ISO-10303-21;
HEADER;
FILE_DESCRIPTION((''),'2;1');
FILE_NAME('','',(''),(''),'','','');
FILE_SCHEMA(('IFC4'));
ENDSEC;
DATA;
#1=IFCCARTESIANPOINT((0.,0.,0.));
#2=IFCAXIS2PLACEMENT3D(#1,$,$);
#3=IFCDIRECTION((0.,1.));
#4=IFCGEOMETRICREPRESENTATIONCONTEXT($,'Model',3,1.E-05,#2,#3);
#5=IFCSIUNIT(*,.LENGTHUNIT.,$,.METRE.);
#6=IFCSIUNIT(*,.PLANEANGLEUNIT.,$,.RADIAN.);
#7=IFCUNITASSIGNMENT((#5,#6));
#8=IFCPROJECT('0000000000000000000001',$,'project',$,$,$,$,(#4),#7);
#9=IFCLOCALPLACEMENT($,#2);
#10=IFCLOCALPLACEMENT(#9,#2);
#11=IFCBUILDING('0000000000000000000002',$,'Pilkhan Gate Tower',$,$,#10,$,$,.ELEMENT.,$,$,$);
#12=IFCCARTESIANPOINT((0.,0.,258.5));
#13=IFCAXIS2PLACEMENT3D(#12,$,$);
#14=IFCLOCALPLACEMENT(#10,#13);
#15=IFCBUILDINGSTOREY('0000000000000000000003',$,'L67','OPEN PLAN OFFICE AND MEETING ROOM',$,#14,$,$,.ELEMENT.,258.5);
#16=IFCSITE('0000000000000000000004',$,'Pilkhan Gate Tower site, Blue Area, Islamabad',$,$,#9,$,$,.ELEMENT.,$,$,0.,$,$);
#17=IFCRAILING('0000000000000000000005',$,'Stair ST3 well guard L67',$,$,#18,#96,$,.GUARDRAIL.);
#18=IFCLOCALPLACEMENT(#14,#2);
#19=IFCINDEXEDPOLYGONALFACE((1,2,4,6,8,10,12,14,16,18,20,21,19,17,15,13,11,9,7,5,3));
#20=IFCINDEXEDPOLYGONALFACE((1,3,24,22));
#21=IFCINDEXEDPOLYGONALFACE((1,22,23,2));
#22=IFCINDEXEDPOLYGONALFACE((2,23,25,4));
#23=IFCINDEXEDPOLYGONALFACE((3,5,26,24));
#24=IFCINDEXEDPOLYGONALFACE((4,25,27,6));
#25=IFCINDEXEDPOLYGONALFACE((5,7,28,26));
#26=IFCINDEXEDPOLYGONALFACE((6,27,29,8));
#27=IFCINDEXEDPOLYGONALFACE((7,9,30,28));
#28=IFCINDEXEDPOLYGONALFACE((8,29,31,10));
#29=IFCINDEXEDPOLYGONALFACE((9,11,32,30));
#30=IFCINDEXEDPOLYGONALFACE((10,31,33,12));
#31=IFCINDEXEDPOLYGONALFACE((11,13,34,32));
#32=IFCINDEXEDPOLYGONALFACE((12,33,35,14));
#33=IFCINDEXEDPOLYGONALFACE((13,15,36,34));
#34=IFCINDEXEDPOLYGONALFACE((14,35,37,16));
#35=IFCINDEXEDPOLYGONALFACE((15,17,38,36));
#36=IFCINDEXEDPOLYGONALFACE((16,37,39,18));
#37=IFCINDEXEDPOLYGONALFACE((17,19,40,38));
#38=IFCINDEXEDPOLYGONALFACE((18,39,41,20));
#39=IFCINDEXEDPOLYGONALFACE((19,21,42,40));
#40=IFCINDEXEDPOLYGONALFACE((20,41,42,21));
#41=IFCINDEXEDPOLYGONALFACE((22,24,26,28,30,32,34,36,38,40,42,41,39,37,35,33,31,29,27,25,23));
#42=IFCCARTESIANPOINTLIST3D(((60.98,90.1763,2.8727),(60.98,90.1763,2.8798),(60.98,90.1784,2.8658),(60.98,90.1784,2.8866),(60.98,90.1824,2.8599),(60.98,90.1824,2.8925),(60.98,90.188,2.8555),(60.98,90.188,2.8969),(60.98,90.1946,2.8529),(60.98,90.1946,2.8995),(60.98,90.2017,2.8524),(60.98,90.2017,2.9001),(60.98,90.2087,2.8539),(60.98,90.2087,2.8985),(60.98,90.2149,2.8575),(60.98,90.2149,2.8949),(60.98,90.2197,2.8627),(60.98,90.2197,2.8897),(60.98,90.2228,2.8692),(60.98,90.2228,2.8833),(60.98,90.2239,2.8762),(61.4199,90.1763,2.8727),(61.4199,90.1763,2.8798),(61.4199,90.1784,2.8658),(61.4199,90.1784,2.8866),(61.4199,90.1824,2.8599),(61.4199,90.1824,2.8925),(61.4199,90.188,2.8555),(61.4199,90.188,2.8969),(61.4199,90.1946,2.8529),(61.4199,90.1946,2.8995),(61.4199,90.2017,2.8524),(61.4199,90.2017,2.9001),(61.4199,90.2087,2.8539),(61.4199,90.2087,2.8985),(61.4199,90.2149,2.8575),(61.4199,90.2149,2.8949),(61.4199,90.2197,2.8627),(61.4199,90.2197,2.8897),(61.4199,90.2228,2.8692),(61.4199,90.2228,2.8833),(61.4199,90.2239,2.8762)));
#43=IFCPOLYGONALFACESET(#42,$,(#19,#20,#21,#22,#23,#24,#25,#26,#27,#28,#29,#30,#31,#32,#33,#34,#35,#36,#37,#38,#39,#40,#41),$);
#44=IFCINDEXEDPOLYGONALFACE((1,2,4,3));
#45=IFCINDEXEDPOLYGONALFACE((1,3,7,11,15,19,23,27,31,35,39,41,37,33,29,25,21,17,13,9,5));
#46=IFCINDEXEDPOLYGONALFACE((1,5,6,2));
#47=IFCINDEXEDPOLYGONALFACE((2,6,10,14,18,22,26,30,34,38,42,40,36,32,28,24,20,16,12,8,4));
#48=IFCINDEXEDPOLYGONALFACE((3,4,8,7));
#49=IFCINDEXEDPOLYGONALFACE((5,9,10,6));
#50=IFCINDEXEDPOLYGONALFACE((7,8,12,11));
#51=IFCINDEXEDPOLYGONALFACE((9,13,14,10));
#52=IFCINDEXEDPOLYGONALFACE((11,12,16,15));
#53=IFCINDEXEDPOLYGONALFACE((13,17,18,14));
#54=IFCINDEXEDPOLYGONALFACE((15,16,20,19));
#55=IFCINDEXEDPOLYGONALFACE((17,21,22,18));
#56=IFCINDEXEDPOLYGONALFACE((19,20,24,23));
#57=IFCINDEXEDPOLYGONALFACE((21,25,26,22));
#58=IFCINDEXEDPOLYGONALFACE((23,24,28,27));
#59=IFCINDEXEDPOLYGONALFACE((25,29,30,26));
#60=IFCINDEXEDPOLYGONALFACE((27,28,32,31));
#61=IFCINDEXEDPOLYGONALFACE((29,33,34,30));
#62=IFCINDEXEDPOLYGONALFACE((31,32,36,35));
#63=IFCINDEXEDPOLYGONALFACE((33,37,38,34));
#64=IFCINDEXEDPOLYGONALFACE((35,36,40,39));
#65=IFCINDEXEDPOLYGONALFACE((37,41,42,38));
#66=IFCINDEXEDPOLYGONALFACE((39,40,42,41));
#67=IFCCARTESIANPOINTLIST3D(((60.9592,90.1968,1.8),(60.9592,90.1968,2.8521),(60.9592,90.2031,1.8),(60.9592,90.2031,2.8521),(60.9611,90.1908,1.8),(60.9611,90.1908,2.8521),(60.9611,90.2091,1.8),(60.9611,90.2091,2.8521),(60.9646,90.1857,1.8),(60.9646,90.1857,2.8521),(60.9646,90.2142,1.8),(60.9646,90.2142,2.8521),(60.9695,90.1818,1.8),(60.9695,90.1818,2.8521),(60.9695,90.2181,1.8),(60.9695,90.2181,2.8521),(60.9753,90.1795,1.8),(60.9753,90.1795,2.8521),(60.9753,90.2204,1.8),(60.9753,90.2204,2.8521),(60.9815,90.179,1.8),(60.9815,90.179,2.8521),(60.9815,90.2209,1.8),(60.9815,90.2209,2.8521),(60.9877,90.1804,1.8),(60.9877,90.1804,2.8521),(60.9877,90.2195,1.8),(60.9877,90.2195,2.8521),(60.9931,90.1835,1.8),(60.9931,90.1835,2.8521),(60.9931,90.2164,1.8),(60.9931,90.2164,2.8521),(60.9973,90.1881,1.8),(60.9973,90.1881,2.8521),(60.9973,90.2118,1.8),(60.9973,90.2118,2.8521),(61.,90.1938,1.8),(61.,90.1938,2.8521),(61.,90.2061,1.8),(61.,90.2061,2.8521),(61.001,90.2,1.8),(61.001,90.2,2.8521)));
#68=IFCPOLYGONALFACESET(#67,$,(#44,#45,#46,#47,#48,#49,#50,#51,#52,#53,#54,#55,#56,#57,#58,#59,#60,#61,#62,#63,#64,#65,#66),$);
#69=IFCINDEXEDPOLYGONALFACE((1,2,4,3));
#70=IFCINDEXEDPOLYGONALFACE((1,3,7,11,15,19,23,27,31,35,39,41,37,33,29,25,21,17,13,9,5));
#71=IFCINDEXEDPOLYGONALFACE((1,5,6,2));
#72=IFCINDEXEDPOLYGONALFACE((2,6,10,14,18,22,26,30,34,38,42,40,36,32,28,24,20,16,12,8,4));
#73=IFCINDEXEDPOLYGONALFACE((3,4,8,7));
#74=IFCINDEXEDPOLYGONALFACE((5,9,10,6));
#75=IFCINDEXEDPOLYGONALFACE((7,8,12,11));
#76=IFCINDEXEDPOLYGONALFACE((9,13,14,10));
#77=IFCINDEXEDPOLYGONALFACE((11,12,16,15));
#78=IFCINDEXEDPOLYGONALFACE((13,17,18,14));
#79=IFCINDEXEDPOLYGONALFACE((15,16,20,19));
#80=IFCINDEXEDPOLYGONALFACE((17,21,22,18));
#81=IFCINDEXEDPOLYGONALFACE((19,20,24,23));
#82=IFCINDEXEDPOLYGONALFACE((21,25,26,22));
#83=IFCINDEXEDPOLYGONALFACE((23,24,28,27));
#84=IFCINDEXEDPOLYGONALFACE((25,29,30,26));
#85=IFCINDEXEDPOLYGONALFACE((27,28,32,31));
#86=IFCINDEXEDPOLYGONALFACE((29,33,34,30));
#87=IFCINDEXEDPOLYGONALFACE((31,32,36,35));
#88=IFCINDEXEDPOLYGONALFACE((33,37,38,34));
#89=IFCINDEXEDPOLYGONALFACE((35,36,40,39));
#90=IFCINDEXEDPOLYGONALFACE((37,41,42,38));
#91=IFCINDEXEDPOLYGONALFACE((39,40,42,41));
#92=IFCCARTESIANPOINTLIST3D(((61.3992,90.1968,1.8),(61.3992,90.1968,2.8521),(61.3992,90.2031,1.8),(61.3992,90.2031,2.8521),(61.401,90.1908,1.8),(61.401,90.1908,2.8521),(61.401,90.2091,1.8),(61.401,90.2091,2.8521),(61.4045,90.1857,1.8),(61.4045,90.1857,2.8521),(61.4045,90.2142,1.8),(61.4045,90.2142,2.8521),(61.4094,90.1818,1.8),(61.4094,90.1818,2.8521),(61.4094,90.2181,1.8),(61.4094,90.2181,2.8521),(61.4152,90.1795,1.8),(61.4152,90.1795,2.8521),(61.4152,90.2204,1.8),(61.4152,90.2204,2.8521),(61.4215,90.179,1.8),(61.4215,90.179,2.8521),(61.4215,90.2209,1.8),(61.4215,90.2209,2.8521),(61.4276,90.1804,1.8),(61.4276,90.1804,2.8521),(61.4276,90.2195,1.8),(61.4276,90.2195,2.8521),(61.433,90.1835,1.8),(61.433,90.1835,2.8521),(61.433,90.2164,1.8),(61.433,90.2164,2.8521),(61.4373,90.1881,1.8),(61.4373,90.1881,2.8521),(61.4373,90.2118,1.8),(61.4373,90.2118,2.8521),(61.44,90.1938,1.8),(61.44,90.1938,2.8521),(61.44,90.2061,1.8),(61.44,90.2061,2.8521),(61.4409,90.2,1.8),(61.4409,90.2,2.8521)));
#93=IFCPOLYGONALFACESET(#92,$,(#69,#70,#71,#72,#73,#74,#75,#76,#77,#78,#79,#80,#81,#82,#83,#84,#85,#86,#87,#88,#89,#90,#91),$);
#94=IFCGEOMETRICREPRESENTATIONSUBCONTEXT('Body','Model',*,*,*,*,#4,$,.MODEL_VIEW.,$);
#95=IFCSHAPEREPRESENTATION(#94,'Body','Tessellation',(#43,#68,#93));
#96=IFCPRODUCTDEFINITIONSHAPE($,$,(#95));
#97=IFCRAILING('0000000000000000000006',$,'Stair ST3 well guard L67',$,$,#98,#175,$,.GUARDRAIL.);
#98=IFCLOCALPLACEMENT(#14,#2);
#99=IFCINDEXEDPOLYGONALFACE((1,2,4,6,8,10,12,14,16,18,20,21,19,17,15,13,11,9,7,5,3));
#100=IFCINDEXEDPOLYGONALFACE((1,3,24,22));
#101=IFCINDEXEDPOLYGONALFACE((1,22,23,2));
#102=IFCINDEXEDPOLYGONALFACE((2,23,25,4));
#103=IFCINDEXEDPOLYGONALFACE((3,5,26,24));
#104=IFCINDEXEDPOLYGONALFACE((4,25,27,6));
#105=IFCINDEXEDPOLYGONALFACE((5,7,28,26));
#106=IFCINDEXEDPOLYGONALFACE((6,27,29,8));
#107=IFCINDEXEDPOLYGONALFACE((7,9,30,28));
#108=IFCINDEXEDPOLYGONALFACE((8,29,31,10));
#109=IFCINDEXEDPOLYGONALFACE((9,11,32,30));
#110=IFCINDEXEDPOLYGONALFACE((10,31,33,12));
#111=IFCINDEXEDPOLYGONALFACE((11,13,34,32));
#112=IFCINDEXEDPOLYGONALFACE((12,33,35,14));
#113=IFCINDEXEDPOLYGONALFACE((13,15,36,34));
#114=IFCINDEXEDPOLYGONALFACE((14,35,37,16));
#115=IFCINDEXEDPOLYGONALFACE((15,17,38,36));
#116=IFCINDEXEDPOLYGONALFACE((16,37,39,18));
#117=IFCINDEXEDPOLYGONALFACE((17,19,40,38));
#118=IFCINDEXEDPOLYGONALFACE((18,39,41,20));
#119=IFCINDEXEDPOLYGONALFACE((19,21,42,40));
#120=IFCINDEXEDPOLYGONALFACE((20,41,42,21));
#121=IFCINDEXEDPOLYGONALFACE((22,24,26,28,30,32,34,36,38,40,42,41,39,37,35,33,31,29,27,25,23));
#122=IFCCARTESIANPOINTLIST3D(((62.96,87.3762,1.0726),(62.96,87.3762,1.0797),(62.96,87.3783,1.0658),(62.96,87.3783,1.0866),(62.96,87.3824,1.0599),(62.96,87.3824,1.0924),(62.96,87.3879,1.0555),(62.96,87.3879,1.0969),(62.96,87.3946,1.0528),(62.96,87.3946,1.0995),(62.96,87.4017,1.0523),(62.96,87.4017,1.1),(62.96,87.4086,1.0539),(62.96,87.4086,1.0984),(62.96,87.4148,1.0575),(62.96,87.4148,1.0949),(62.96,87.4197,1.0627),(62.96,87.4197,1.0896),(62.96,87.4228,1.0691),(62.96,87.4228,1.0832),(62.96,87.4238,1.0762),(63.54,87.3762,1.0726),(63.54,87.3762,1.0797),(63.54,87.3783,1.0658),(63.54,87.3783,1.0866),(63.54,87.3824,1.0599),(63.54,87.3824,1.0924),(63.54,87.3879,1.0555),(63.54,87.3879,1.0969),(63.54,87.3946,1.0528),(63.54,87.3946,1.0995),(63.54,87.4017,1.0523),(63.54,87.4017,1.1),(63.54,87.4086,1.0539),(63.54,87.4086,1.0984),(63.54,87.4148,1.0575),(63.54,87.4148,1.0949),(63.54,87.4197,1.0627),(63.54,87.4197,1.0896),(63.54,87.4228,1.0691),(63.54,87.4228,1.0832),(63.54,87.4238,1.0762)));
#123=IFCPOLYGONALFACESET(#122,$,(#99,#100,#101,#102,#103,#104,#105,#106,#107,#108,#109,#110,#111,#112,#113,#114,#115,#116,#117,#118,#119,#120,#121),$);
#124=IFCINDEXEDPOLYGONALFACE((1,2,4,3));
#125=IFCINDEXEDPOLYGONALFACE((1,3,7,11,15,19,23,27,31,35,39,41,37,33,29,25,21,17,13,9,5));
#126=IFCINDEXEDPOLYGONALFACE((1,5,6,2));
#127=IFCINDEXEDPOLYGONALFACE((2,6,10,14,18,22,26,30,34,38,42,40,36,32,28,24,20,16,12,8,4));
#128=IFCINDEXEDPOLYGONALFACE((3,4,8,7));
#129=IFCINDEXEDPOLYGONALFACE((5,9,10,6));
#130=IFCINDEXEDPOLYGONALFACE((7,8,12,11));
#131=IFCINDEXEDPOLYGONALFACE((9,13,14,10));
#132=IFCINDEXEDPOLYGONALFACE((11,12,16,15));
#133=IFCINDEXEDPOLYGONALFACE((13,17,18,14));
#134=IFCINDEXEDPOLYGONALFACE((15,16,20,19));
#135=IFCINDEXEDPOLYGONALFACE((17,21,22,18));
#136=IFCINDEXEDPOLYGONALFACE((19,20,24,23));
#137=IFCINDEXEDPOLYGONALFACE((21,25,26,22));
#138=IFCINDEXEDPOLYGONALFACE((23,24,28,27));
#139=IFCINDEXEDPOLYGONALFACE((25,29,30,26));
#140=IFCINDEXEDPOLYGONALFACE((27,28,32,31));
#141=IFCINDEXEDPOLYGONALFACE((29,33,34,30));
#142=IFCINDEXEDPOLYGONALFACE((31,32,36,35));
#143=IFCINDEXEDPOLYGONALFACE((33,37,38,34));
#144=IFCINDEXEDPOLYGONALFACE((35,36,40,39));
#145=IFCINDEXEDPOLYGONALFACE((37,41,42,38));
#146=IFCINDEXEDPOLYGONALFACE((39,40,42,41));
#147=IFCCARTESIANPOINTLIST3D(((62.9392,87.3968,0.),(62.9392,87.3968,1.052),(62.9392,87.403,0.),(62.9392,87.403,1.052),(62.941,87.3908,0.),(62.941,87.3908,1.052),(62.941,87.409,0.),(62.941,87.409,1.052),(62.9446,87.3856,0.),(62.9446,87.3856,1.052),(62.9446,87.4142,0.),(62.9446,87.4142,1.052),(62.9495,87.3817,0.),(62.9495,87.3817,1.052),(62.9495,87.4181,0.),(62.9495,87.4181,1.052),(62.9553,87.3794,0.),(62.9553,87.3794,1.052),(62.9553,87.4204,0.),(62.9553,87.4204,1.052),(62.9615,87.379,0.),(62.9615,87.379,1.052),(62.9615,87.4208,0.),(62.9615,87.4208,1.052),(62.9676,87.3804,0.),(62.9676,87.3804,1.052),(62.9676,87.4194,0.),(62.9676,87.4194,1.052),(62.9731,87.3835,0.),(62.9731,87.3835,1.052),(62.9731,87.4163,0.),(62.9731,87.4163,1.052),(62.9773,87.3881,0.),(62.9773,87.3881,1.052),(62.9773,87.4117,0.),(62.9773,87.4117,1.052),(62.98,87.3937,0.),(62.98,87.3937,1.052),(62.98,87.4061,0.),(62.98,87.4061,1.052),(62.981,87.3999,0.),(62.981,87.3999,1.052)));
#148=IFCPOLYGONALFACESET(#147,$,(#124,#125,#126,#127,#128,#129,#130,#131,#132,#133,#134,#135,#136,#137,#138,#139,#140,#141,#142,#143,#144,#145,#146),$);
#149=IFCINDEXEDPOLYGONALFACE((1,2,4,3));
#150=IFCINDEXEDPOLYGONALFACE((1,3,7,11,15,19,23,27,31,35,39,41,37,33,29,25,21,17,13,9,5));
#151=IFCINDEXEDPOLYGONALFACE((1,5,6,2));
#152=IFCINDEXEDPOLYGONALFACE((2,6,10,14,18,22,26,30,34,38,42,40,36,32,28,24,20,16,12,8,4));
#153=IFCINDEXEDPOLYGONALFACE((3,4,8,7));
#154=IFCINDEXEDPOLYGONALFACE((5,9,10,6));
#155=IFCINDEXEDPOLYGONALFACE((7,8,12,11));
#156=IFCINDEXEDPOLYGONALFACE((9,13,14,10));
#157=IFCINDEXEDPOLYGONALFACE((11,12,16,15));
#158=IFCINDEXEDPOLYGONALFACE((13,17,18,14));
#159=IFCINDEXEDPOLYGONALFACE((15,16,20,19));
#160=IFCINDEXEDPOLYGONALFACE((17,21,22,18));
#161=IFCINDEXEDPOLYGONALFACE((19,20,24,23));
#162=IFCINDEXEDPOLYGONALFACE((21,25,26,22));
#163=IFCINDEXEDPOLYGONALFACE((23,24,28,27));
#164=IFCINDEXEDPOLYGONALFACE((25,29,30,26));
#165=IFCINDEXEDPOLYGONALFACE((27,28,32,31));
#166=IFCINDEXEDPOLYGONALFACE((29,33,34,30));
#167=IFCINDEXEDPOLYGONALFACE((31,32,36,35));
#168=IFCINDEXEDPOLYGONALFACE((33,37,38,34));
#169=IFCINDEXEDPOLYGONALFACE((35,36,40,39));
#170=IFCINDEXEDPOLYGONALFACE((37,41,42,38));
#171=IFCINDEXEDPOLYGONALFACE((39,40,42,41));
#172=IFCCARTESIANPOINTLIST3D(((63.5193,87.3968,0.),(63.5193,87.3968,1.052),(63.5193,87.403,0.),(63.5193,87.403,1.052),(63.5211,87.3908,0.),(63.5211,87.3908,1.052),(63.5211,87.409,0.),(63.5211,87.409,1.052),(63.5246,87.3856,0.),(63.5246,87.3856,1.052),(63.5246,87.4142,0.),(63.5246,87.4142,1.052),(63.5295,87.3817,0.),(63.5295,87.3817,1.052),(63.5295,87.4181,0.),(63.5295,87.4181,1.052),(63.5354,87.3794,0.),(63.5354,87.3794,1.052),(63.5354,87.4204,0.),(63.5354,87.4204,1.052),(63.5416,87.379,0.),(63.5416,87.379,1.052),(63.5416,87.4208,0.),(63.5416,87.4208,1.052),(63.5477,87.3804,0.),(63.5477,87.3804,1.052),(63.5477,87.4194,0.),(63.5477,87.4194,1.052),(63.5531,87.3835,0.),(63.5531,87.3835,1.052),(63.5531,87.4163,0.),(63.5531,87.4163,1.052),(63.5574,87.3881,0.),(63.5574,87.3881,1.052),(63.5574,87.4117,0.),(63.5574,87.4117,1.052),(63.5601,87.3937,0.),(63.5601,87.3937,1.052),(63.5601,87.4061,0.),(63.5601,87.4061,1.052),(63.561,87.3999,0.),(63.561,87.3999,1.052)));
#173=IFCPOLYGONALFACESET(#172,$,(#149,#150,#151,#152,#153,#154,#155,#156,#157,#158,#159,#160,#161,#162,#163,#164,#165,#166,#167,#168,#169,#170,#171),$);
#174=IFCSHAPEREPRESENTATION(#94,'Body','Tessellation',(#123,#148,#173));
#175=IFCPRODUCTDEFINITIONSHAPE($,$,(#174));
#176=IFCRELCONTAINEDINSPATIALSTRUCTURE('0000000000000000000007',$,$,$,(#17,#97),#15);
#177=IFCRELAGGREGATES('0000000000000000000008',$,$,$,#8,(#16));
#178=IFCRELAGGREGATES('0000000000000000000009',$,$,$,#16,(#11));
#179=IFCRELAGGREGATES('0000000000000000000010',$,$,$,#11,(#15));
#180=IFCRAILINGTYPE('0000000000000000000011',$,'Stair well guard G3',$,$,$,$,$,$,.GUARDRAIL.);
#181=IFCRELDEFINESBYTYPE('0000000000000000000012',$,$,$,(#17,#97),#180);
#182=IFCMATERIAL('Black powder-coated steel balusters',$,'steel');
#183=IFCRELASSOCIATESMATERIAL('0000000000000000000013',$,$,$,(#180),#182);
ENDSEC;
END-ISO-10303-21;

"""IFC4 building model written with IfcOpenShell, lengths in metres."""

from ifc_helpers import new_model, si_unit, direction, frame, origin, origin_2d, place, context, subcontext, project, spatial, circle, extrude, material, type_object, element, save


model = new_model("IFC4")

# Units and contexts
model_context = context("Model", 3, precision=1e-05, world=origin(), true_north=direction((0.0, 1.0)))
body_context = subcontext(model_context, "Body", "Model", "MODEL_VIEW")
ifc_project = project(units=[si_unit("LENGTHUNIT", "METRE"), si_unit("PLANEANGLEUNIT", "RADIAN")], contexts=[model_context])

# Site, building, storey
site_placement = place(None, origin())
site = spatial("IfcSite", under=ifc_project, at=site_placement, Name="Pilkhan Gate Tower site, Blue Area, Islamabad", CompositionType="ELEMENT", RefElevation=0.0)
building_placement = place(site_placement, origin())
building = spatial("IfcBuilding", under=site, at=building_placement, Name="Pilkhan Gate Tower", CompositionType="ELEMENT")
storey_placement = place(building_placement, frame((0.0, 0.0, 258.5)))
storey = spatial("IfcBuildingStorey", under=building, at=storey_placement, Name="L67", Description="OPEN PLAN OFFICE AND MEETING ROOM", CompositionType="ELEMENT", Elevation=258.5)

# Railings
ifc_material_1 = material(Name="Black powder-coated steel balusters", Category="steel")
railing_type_1 = type_object("IfcRailingType", Name="Stair well guard G3", PredefinedType="GUARDRAIL", material=ifc_material_1)
railing_1_placement = place(storey_placement, frame((60.98, 90.2, 1.8)))
element("IfcRailing", 1, at=railing_1_placement, inside=storey, type_object=railing_type_1, Name="Stair ST3 well guard L67", PredefinedType="GUARDRAIL", context=body_context, shape_type="SweptSolid", body=[
    extrude(circle(Radius=0.0239, at=origin_2d()), frame((0.0, 0.0, 1.0762), z_axis=(1.0, 0.0, 0.0), x_axis=(0.0, 1.0, 0.0)), (0.0, 0.0, 1.0), 0.4399),
    extrude(circle(Radius=0.021, at=origin_2d()), origin(), (0.0, 0.0, 1.0), 1.052),
    extrude(circle(Radius=0.021, at=origin_2d()), frame((0.4399, 0.0, 0.0)), (0.0, 0.0, 1.0), 1.052),
])
for number, where, name in (
    (2, (62.96, 87.3999, 0.0), "Stair ST3 well guard L67"),
):
    element("IfcRailing", number, at=place(storey_placement, frame(where)), inside=storey, type_object=railing_type_1, Name=name, PredefinedType="GUARDRAIL", context=body_context, shape_type="SweptSolid", body=[
        extrude(circle(Radius=0.0239, at=origin_2d()), frame((0.0, 0.0, 1.0762), z_axis=(1.0, 0.0, 0.0), x_axis=(0.0, 1.0, 0.0)), (0.0, 0.0, 1.0), 0.5801),
        extrude(circle(Radius=0.021, at=origin_2d()), origin(), (0.0, 0.0, 1.0), 1.052),
        extrude(circle(Radius=0.021, at=origin_2d()), frame((0.5801, 0.0, 0.0)), (0.0, 0.0, 1.0), 1.052),
    ])

save(model, "model.ifc")
